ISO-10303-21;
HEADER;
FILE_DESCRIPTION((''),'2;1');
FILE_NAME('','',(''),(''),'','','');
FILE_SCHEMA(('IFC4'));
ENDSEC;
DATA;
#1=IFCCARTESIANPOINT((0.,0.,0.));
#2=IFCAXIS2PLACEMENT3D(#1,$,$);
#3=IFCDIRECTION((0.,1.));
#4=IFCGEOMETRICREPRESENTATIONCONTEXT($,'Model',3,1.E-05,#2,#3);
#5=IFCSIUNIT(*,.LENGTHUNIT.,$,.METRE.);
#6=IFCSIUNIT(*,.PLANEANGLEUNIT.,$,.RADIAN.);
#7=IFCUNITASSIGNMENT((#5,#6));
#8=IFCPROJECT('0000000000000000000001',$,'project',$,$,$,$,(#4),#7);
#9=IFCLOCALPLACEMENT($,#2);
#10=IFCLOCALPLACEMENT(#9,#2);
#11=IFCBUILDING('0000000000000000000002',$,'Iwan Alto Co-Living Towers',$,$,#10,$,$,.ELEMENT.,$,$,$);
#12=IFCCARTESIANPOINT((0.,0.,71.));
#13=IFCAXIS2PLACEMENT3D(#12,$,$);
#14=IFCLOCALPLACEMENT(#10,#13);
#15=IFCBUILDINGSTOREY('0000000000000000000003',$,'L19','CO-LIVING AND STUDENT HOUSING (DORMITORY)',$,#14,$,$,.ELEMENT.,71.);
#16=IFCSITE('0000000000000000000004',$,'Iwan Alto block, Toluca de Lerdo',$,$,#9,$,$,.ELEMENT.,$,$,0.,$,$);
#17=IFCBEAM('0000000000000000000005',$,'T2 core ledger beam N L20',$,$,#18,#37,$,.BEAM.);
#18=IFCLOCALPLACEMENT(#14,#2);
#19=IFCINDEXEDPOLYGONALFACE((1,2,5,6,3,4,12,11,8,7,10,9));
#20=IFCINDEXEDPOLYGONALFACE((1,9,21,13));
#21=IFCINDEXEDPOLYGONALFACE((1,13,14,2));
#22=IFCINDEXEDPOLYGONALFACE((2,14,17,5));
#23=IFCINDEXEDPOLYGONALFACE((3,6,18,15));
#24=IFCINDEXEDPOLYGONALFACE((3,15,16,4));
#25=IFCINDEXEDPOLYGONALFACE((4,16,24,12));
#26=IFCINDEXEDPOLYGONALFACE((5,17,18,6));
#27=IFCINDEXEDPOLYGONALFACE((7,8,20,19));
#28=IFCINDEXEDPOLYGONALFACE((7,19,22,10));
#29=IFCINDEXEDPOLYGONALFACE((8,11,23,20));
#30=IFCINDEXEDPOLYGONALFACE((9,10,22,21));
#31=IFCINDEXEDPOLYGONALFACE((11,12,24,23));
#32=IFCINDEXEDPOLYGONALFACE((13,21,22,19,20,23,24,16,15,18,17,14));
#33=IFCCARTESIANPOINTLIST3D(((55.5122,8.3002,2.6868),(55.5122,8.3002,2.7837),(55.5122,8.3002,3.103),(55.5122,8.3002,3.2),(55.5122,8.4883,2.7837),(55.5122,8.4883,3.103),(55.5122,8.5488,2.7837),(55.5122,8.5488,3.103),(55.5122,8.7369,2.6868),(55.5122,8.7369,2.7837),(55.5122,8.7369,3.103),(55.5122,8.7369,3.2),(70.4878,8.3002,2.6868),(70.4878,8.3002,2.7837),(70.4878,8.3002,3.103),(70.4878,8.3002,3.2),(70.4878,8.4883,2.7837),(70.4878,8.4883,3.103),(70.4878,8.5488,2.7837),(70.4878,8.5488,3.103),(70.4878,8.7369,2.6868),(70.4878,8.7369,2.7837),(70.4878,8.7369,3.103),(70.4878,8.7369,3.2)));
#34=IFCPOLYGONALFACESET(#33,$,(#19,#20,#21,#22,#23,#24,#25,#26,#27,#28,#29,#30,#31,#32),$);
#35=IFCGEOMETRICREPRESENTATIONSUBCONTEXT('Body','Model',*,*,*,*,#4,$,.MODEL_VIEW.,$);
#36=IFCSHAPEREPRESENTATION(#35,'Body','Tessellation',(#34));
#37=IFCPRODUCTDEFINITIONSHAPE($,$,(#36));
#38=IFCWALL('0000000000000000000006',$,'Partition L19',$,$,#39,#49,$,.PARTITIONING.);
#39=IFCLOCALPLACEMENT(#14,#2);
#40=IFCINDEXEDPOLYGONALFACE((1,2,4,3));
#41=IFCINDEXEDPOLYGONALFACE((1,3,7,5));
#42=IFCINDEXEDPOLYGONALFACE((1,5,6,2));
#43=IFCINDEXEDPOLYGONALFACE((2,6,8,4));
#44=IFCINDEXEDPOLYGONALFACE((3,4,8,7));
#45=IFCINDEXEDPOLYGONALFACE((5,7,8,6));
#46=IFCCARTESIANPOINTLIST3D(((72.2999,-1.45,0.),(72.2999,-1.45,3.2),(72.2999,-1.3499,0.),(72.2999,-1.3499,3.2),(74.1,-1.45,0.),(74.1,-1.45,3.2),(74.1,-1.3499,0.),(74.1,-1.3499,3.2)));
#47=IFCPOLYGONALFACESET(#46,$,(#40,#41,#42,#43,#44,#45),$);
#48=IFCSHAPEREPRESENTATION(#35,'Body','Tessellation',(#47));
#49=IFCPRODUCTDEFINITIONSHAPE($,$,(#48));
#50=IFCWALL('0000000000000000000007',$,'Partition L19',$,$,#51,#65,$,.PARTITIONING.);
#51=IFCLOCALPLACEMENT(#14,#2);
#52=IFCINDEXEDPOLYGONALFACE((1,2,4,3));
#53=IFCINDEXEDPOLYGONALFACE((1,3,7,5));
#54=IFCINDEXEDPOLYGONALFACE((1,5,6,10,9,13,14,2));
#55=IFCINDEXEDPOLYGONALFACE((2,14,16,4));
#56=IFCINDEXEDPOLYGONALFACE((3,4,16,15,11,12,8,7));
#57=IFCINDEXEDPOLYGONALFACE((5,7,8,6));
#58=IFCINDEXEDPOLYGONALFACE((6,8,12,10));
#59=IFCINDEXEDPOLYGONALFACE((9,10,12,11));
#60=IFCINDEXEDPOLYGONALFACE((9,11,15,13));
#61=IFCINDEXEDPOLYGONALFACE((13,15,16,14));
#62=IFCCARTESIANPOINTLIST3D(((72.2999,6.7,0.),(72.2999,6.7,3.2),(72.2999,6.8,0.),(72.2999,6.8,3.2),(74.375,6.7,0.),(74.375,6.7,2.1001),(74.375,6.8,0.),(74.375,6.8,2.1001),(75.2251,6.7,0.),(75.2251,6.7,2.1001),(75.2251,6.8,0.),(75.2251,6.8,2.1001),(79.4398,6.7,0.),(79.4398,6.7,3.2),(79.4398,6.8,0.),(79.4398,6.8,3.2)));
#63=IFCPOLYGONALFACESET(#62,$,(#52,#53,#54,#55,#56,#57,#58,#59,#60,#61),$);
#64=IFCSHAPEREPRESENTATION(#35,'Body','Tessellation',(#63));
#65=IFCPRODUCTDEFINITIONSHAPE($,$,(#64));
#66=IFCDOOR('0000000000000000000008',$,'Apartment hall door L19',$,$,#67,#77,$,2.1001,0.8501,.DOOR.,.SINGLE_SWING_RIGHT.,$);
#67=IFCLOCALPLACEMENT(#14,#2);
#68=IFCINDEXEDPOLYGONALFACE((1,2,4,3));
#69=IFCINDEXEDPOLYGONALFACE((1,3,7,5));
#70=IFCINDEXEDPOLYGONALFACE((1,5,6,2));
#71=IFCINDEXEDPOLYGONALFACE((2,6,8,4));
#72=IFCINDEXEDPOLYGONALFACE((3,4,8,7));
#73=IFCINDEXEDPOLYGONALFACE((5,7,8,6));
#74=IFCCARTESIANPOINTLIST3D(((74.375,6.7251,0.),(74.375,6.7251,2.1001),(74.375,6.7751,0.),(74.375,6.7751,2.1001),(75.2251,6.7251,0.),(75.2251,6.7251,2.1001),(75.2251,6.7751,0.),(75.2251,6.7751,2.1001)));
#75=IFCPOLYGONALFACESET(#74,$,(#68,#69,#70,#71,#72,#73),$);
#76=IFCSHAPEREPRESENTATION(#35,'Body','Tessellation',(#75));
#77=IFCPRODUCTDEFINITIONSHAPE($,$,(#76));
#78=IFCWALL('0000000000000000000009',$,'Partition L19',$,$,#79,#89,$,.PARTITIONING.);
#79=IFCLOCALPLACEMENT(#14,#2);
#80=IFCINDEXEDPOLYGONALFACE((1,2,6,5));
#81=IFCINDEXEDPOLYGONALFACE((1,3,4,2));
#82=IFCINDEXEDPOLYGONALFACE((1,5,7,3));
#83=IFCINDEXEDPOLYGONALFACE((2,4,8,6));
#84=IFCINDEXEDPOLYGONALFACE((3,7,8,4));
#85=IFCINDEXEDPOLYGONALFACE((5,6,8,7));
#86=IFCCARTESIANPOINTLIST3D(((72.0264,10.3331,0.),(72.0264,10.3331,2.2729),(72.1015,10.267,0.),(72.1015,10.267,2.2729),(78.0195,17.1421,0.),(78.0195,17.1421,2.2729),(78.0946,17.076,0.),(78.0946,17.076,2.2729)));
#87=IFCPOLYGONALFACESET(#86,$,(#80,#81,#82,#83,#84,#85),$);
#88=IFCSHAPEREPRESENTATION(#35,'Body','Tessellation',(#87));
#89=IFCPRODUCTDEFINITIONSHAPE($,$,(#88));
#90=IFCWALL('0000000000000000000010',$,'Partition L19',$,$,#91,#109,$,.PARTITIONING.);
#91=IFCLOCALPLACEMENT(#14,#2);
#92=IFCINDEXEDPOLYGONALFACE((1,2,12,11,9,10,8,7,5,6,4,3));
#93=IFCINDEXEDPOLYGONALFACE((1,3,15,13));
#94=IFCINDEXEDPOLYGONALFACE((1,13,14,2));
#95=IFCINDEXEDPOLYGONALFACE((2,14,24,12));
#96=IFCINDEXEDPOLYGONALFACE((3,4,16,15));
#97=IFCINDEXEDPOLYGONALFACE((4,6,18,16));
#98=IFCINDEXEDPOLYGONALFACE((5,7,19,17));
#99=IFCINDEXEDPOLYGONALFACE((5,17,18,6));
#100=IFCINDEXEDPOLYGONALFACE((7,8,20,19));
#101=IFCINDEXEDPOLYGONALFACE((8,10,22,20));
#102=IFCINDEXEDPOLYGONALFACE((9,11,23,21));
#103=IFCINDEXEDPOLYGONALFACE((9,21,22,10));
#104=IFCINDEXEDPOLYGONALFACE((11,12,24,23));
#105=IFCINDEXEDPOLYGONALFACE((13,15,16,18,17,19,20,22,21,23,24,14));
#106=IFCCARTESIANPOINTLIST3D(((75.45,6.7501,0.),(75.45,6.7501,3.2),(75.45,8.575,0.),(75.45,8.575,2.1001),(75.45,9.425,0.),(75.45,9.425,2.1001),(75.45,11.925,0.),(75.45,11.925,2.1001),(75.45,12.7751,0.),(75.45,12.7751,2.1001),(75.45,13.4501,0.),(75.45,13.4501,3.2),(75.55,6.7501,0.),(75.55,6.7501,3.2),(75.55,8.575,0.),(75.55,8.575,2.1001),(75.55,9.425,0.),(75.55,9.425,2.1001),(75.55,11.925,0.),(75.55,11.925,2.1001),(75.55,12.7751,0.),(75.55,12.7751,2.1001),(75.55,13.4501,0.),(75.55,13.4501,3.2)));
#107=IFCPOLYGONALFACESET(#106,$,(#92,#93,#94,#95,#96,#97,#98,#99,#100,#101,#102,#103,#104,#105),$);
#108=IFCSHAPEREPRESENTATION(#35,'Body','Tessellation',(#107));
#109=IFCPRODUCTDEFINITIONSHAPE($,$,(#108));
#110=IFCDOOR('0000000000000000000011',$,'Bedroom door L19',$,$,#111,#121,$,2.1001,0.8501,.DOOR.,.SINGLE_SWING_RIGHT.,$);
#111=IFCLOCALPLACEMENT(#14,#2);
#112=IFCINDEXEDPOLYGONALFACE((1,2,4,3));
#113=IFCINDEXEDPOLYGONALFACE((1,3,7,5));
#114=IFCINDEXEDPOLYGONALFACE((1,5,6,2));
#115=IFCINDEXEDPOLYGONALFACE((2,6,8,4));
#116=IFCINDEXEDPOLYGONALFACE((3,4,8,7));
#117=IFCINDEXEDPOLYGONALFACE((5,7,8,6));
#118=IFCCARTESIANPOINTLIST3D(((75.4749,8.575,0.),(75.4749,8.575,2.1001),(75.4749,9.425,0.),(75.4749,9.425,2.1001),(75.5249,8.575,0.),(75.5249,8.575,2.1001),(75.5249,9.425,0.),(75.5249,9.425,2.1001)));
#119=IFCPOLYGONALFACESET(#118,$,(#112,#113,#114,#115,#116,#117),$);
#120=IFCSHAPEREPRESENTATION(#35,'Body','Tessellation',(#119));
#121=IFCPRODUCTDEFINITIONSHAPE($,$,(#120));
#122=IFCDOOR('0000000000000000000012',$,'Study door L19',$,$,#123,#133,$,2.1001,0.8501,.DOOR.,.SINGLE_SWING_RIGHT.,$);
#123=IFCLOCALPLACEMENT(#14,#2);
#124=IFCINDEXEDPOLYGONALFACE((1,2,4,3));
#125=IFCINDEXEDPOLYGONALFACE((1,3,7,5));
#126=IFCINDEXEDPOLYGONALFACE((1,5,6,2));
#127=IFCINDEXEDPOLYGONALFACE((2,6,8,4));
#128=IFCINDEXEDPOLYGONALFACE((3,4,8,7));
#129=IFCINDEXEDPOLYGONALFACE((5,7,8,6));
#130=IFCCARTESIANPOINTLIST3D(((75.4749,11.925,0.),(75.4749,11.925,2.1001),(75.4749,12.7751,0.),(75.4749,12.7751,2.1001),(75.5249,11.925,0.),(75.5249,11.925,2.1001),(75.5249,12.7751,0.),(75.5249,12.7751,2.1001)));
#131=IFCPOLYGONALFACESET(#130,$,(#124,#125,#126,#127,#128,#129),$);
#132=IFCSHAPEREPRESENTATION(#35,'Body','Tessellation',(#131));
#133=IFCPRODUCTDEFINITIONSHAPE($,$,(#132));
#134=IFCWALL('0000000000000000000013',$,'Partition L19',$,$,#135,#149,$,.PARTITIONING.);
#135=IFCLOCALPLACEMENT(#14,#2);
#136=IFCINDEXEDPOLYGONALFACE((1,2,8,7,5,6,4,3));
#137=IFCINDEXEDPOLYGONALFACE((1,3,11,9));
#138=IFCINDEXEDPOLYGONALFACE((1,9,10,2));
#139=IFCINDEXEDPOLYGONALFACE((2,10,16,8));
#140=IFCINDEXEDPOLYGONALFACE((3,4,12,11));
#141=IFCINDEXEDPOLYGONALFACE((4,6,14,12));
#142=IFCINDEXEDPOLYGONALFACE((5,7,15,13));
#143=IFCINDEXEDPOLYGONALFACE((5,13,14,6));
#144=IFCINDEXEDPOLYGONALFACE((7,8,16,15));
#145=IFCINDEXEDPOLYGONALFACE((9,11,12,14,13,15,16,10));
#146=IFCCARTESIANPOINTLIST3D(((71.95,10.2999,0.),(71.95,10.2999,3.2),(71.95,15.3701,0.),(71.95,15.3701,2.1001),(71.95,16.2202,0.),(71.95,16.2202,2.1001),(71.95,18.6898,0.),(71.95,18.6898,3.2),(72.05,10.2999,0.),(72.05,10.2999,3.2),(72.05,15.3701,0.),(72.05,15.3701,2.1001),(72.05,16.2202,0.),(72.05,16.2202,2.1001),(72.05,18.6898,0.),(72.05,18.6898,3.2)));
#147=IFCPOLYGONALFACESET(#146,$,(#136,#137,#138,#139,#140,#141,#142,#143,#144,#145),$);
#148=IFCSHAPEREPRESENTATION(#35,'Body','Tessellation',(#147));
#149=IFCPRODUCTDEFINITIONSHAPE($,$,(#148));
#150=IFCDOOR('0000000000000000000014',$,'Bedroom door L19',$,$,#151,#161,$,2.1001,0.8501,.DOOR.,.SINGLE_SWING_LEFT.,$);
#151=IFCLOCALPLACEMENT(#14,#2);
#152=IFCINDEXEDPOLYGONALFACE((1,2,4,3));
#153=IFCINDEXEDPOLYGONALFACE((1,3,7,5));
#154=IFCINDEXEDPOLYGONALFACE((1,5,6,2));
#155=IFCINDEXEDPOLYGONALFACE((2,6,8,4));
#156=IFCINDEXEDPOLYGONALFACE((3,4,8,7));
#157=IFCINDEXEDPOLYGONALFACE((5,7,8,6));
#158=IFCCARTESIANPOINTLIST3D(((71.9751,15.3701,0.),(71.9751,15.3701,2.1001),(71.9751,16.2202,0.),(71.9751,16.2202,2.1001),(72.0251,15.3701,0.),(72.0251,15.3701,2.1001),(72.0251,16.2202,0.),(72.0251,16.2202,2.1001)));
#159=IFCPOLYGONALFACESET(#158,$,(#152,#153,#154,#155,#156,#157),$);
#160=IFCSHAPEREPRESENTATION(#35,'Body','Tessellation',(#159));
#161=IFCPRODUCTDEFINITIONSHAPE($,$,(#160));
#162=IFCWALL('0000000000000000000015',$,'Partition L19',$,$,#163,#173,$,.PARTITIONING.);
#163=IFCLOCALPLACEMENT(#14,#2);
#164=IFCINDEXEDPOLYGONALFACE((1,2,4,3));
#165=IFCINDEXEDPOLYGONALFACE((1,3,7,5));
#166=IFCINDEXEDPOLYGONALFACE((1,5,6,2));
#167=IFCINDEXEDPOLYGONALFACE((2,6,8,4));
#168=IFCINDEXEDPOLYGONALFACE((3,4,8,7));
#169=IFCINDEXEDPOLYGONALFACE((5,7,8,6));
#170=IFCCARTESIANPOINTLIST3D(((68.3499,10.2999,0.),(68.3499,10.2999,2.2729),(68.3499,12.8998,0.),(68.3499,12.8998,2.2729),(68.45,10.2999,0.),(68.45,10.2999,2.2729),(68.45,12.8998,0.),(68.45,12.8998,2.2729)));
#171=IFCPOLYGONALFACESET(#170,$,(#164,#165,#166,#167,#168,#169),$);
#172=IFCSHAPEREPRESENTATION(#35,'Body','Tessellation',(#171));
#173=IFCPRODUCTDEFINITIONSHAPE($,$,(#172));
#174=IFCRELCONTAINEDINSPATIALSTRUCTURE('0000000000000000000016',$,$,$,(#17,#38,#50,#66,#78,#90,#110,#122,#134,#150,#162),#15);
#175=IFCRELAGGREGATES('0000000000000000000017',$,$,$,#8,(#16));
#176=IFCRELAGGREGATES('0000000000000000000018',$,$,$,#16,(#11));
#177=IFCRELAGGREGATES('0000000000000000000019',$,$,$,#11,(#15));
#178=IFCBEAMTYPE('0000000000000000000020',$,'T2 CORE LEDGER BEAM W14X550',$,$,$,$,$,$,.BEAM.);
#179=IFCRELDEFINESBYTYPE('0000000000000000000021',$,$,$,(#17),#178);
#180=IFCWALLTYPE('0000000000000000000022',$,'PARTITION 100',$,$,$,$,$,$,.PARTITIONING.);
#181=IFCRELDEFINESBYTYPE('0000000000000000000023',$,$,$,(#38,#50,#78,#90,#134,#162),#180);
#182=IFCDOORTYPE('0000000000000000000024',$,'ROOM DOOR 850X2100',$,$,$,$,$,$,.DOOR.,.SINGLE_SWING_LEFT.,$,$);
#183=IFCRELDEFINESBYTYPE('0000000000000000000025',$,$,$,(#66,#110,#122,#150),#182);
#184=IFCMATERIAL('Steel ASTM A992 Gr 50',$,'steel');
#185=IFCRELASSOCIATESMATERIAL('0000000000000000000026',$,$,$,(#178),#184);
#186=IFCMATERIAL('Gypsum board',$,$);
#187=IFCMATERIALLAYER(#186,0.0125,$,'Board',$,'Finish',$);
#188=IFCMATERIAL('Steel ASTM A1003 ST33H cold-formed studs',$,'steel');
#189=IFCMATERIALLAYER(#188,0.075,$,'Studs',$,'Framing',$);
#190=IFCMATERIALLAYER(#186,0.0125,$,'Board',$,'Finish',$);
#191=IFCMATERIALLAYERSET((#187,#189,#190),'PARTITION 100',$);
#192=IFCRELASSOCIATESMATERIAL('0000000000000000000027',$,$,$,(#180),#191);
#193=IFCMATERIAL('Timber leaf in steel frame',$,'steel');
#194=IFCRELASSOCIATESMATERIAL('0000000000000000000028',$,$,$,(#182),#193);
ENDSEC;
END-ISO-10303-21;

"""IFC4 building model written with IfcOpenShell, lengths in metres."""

from ifc_helpers import new_model, si_unit, direction, frame, frame_2d, origin, origin_2d, place, context, subcontext, project, spatial, rectangle, i_section, extrude, material, layer, layer_set, material_profile, profile_set, type_object, element, fill, save


model = new_model("IFC4")

# Units and contexts
model_context = context("Model", 3, precision=1e-05, world=origin(), true_north=direction((0.0, 1.0)))
body_context = subcontext(model_context, "Body", "Model", "MODEL_VIEW")
ifc_project = project(units=[si_unit("LENGTHUNIT", "METRE"), si_unit("PLANEANGLEUNIT", "RADIAN")], contexts=[model_context])

# Site, building, storey
site_placement = place(None, origin())
site = spatial("IfcSite", under=ifc_project, at=site_placement, Name="Iwan Alto block, Toluca de Lerdo", CompositionType="ELEMENT", RefElevation=0.0)
building_placement = place(site_placement, origin())
building = spatial("IfcBuilding", under=site, at=building_placement, Name="Iwan Alto Co-Living Towers", CompositionType="ELEMENT")
storey_placement = place(building_placement, frame((0.0, 0.0, 71.0)))
storey = spatial("IfcBuildingStorey", under=building, at=storey_placement, Name="L19", Description="CO-LIVING AND STUDENT HOUSING (DORMITORY)", CompositionType="ELEMENT", Elevation=71.0)

# Beam
ifc_material_1 = material(Name="Steel ASTM A992 Gr 50", Category="steel")
ifc_material_profile = material_profile(ifc_material_1, i_section(OverallWidth=0.4368, OverallDepth=0.5132, WebThickness=0.0605, FlangeThickness=0.0969, at=origin_2d()), Name="W14X550")
ifc_profile_set = profile_set([ifc_material_profile], Name="Steel ASTM A992 Gr 50")
beam_type = type_object("IfcBeamType", Name="T2 CORE LEDGER BEAM W14X550", PredefinedType="BEAM", material=ifc_profile_set)
beam_placement = place(storey_placement, frame((70.4878, 8.5186, 2.9434), z_axis=(-1.0, 0.0, 0.0), x_axis=(0.0, -1.0, 0.0)))
element("IfcBeam", 1, at=beam_placement, inside=storey, type_object=beam_type, Name="T2 core ledger beam N L20", PredefinedType="BEAM", context=body_context, shape_type="SweptSolid", body=[
    extrude(i_section(OverallWidth=0.4368, OverallDepth=0.5132, WebThickness=0.0605, FlangeThickness=0.0969, at=origin_2d()), origin(), (0.0, 0.0, 1.0), 14.9756),
])

# Wall
ifc_material_2 = material(Name="Gypsum board")
ifc_layer_1 = layer(ifc_material_2, 0.0125, Name="Board", Category="Finish")
ifc_material_3 = material(Name="Steel ASTM A1003 ST33H cold-formed studs", Category="steel")
ifc_layer_2 = layer(ifc_material_3, 0.075, Name="Studs", Category="Framing")
ifc_layer_3 = layer(ifc_material_2, 0.0125, Name="Board", Category="Finish")
ifc_layer_set_1 = layer_set([ifc_layer_1, ifc_layer_2, ifc_layer_3], Name="PARTITION 100")
wall_type_1 = type_object("IfcWallType", Name="PARTITION 100", PredefinedType="PARTITIONING", material=ifc_layer_set_1)
wall_1_placement = place(storey_placement, frame((72.3, -1.3999, 0.0), z_axis=(0.0, 0.0, 1.0), x_axis=(1.0, 0.0, 0.0)))
element("IfcWall", 2, at=wall_1_placement, inside=storey, type_object=wall_type_1, Name="Partition L19", PredefinedType="PARTITIONING", context=body_context, shape_type="SweptSolid", body=[
    extrude(rectangle(XDim=1.8, YDim=0.1001, at=frame_2d((0.8999, 0.0))), origin(), (0.0, 0.0, 1.0), 3.2),
])

# Wall, opening, door
wall_2_placement = place(storey_placement, frame((72.3, 6.75, 0.0), z_axis=(0.0, 0.0, 1.0), x_axis=(1.0, 0.0, 0.0)))
wall_2 = element("IfcWall", 3, at=wall_2_placement, inside=storey, type_object=wall_type_1, Name="Partition L19", PredefinedType="PARTITIONING", context=body_context, shape_type="SweptSolid", body=[
    extrude(rectangle(XDim=7.1399, YDim=0.1001, at=frame_2d((3.5698, 0.0))), origin(), (0.0, 0.0, 1.0), 3.2),
])
opening_1_placement = place(wall_2_placement, frame((2.075, 0.0, 0.0)))
opening_1 = element("IfcOpeningElement", 4, at=opening_1_placement, cuts=wall_2, PredefinedType="OPENING", context=body_context, shape_type="SweptSolid", body=[
    extrude(rectangle(XDim=0.8501, YDim=2.1001, at=frame_2d((0.425, 1.05))), frame((0.0, 0.0601, 0.0), z_axis=(0.0, -1.0, 0.0), x_axis=(1.0, 0.0, 0.0)), (0.0, 0.0, 1.0), 0.1201),
])
ifc_material_4 = material(Name="Timber leaf in steel frame", Category="steel")
door_type_1 = type_object("IfcDoorType", Name="ROOM DOOR 850X2100", OperationType="SINGLE_SWING_LEFT", PredefinedType="DOOR", material=ifc_material_4)
door_1_placement = place(opening_1_placement, frame((0.8501, 0.0, 0.0), z_axis=(0.0, 0.0, 1.0), x_axis=(-1.0, 0.0, 0.0)))
door_1 = element("IfcDoor", 5, at=door_1_placement, inside=storey, type_object=door_type_1, Name="Apartment hall door L19", OperationType="SINGLE_SWING_RIGHT", OverallHeight=2.1001, OverallWidth=0.8501, PredefinedType="DOOR", context=body_context, shape_type="SweptSolid", body=[
    extrude(rectangle(XDim=0.8501, YDim=2.1001, at=frame_2d((0.425, 1.05))), frame((0.0, 0.0249, 0.0), z_axis=(0.0, -1.0, 0.0), x_axis=(1.0, 0.0, 0.0)), (0.0, 0.0, 1.0), 0.05),
])
fill(opening_1, door_1)

# Wall
wall_3_placement = place(storey_placement, frame((72.064, 10.3, 0.0), z_axis=(0.0, 0.0, 1.0), x_axis=(0.660701, 0.750649, 0.0)))
element("IfcWall", 6, at=wall_3_placement, inside=storey, type_object=wall_type_1, Name="Partition L19", PredefinedType="PARTITIONING", context=body_context, shape_type="SweptSolid", body=[
    extrude(rectangle(XDim=9.0708, YDim=0.1001, at=frame_2d((4.5354, 0.0))), origin(), (0.0, 0.0, 1.0), 2.2729),
])

# Wall, openings, doors
wall_4_placement = place(storey_placement, frame((75.5, 6.75, 0.0), z_axis=(0.0, 0.0, 1.0), x_axis=(0.0, 1.0, 0.0)))
wall_4 = element("IfcWall", 7, at=wall_4_placement, inside=storey, type_object=wall_type_1, Name="Partition L19", PredefinedType="PARTITIONING", context=body_context, shape_type="SweptSolid", body=[
    extrude(rectangle(XDim=6.7, YDim=0.1001, at=frame_2d((3.3501, 0.0))), origin(), (0.0, 0.0, 1.0), 3.2),
])
opening_2_placement = place(wall_4_placement, frame((1.825, 0.0, 0.0)))
opening_2 = element("IfcOpeningElement", 8, at=opening_2_placement, cuts=wall_4, PredefinedType="OPENING", context=body_context, shape_type="SweptSolid", body=[
    extrude(rectangle(XDim=0.8501, YDim=2.1001, at=frame_2d((0.425, 1.05))), frame((0.0, 0.0601, 0.0), z_axis=(0.0, -1.0, 0.0), x_axis=(1.0, 0.0, 0.0)), (0.0, 0.0, 1.0), 0.1201),
])
opening_3_placement = place(wall_4_placement, frame((5.175, 0.0, 0.0)))
opening_3 = element("IfcOpeningElement", 9, at=opening_3_placement, cuts=wall_4, PredefinedType="OPENING", context=body_context, shape_type="SweptSolid", body=[
    extrude(rectangle(XDim=0.8501, YDim=2.1001, at=frame_2d((0.425, 1.05))), frame((0.0, 0.0601, 0.0), z_axis=(0.0, -1.0, 0.0), x_axis=(1.0, 0.0, 0.0)), (0.0, 0.0, 1.0), 0.1201),
])
door_2_placement = place(opening_2_placement, frame((0.8501, 0.0, 0.0), z_axis=(0.0, 0.0, 1.0), x_axis=(-1.0, 0.0, 0.0)))
door_2 = element("IfcDoor", 10, at=door_2_placement, inside=storey, type_object=door_type_1, Name="Bedroom door L19", OperationType="SINGLE_SWING_RIGHT", OverallHeight=2.1001, OverallWidth=0.8501, PredefinedType="DOOR", context=body_context, shape_type="SweptSolid", body=[
    extrude(rectangle(XDim=0.8501, YDim=2.1001, at=frame_2d((0.425, 1.05))), frame((0.0, 0.0249, 0.0), z_axis=(0.0, -1.0, 0.0), x_axis=(1.0, 0.0, 0.0)), (0.0, 0.0, 1.0), 0.05),
])
fill(opening_2, door_2)
door_3_placement = place(opening_3_placement, frame((0.8501, 0.0, 0.0), z_axis=(0.0, 0.0, 1.0), x_axis=(-1.0, 0.0, 0.0)))
door_3 = element("IfcDoor", 11, at=door_3_placement, inside=storey, type_object=door_type_1, Name="Study door L19", OperationType="SINGLE_SWING_RIGHT", OverallHeight=2.1001, OverallWidth=0.8501, PredefinedType="DOOR", context=body_context, shape_type="SweptSolid", body=[
    extrude(rectangle(XDim=0.8501, YDim=2.1001, at=frame_2d((0.425, 1.05))), frame((0.0, 0.0249, 0.0), z_axis=(0.0, -1.0, 0.0), x_axis=(1.0, 0.0, 0.0)), (0.0, 0.0, 1.0), 0.05),
])
fill(opening_3, door_3)

# Wall, opening, door
wall_5_placement = place(storey_placement, frame((72.0, 10.3, 0.0), z_axis=(0.0, 0.0, 1.0), x_axis=(0.0, 1.0, 0.0)))
wall_5 = element("IfcWall", 12, at=wall_5_placement, inside=storey, type_object=wall_type_1, Name="Partition L19", PredefinedType="PARTITIONING", context=body_context, shape_type="SweptSolid", body=[
    extrude(rectangle(XDim=8.3899, YDim=0.1001, at=frame_2d((4.1948, 0.0))), origin(), (0.0, 0.0, 1.0), 3.2),
])
opening_4_placement = place(wall_5_placement, frame((5.0701, 0.0, 0.0)))
opening_4 = element("IfcOpeningElement", 13, at=opening_4_placement, cuts=wall_5, PredefinedType="OPENING", context=body_context, shape_type="SweptSolid", body=[
    extrude(rectangle(XDim=0.8501, YDim=2.1001, at=frame_2d((0.425, 1.05))), frame((0.0, 0.0601, 0.0), z_axis=(0.0, -1.0, 0.0), x_axis=(1.0, 0.0, 0.0)), (0.0, 0.0, 1.0), 0.1201),
])
door_4_placement = place(opening_4_placement, origin())
door_4 = element("IfcDoor", 14, at=door_4_placement, inside=storey, type_object=door_type_1, Name="Bedroom door L19", OperationType="SINGLE_SWING_LEFT", OverallHeight=2.1001, OverallWidth=0.8501, PredefinedType="DOOR", context=body_context, shape_type="SweptSolid", body=[
    extrude(rectangle(XDim=0.8501, YDim=2.1001, at=frame_2d((0.425, 1.05))), frame((0.0, 0.0249, 0.0), z_axis=(0.0, -1.0, 0.0), x_axis=(1.0, 0.0, 0.0)), (0.0, 0.0, 1.0), 0.05),
])
fill(opening_4, door_4)

# Wall
wall_6_placement = place(storey_placement, frame((68.3999, 10.3, 0.0), z_axis=(0.0, 0.0, 1.0), x_axis=(0.0, 1.0, 0.0)))
element("IfcWall", 15, at=wall_6_placement, inside=storey, type_object=wall_type_1, Name="Partition L19", PredefinedType="PARTITIONING", context=body_context, shape_type="SweptSolid", body=[
    extrude(rectangle(XDim=2.5999, YDim=0.1001, at=frame_2d((1.2998, 0.0))), origin(), (0.0, 0.0, 1.0), 2.2729),
])

save(model, "model.ifc")
